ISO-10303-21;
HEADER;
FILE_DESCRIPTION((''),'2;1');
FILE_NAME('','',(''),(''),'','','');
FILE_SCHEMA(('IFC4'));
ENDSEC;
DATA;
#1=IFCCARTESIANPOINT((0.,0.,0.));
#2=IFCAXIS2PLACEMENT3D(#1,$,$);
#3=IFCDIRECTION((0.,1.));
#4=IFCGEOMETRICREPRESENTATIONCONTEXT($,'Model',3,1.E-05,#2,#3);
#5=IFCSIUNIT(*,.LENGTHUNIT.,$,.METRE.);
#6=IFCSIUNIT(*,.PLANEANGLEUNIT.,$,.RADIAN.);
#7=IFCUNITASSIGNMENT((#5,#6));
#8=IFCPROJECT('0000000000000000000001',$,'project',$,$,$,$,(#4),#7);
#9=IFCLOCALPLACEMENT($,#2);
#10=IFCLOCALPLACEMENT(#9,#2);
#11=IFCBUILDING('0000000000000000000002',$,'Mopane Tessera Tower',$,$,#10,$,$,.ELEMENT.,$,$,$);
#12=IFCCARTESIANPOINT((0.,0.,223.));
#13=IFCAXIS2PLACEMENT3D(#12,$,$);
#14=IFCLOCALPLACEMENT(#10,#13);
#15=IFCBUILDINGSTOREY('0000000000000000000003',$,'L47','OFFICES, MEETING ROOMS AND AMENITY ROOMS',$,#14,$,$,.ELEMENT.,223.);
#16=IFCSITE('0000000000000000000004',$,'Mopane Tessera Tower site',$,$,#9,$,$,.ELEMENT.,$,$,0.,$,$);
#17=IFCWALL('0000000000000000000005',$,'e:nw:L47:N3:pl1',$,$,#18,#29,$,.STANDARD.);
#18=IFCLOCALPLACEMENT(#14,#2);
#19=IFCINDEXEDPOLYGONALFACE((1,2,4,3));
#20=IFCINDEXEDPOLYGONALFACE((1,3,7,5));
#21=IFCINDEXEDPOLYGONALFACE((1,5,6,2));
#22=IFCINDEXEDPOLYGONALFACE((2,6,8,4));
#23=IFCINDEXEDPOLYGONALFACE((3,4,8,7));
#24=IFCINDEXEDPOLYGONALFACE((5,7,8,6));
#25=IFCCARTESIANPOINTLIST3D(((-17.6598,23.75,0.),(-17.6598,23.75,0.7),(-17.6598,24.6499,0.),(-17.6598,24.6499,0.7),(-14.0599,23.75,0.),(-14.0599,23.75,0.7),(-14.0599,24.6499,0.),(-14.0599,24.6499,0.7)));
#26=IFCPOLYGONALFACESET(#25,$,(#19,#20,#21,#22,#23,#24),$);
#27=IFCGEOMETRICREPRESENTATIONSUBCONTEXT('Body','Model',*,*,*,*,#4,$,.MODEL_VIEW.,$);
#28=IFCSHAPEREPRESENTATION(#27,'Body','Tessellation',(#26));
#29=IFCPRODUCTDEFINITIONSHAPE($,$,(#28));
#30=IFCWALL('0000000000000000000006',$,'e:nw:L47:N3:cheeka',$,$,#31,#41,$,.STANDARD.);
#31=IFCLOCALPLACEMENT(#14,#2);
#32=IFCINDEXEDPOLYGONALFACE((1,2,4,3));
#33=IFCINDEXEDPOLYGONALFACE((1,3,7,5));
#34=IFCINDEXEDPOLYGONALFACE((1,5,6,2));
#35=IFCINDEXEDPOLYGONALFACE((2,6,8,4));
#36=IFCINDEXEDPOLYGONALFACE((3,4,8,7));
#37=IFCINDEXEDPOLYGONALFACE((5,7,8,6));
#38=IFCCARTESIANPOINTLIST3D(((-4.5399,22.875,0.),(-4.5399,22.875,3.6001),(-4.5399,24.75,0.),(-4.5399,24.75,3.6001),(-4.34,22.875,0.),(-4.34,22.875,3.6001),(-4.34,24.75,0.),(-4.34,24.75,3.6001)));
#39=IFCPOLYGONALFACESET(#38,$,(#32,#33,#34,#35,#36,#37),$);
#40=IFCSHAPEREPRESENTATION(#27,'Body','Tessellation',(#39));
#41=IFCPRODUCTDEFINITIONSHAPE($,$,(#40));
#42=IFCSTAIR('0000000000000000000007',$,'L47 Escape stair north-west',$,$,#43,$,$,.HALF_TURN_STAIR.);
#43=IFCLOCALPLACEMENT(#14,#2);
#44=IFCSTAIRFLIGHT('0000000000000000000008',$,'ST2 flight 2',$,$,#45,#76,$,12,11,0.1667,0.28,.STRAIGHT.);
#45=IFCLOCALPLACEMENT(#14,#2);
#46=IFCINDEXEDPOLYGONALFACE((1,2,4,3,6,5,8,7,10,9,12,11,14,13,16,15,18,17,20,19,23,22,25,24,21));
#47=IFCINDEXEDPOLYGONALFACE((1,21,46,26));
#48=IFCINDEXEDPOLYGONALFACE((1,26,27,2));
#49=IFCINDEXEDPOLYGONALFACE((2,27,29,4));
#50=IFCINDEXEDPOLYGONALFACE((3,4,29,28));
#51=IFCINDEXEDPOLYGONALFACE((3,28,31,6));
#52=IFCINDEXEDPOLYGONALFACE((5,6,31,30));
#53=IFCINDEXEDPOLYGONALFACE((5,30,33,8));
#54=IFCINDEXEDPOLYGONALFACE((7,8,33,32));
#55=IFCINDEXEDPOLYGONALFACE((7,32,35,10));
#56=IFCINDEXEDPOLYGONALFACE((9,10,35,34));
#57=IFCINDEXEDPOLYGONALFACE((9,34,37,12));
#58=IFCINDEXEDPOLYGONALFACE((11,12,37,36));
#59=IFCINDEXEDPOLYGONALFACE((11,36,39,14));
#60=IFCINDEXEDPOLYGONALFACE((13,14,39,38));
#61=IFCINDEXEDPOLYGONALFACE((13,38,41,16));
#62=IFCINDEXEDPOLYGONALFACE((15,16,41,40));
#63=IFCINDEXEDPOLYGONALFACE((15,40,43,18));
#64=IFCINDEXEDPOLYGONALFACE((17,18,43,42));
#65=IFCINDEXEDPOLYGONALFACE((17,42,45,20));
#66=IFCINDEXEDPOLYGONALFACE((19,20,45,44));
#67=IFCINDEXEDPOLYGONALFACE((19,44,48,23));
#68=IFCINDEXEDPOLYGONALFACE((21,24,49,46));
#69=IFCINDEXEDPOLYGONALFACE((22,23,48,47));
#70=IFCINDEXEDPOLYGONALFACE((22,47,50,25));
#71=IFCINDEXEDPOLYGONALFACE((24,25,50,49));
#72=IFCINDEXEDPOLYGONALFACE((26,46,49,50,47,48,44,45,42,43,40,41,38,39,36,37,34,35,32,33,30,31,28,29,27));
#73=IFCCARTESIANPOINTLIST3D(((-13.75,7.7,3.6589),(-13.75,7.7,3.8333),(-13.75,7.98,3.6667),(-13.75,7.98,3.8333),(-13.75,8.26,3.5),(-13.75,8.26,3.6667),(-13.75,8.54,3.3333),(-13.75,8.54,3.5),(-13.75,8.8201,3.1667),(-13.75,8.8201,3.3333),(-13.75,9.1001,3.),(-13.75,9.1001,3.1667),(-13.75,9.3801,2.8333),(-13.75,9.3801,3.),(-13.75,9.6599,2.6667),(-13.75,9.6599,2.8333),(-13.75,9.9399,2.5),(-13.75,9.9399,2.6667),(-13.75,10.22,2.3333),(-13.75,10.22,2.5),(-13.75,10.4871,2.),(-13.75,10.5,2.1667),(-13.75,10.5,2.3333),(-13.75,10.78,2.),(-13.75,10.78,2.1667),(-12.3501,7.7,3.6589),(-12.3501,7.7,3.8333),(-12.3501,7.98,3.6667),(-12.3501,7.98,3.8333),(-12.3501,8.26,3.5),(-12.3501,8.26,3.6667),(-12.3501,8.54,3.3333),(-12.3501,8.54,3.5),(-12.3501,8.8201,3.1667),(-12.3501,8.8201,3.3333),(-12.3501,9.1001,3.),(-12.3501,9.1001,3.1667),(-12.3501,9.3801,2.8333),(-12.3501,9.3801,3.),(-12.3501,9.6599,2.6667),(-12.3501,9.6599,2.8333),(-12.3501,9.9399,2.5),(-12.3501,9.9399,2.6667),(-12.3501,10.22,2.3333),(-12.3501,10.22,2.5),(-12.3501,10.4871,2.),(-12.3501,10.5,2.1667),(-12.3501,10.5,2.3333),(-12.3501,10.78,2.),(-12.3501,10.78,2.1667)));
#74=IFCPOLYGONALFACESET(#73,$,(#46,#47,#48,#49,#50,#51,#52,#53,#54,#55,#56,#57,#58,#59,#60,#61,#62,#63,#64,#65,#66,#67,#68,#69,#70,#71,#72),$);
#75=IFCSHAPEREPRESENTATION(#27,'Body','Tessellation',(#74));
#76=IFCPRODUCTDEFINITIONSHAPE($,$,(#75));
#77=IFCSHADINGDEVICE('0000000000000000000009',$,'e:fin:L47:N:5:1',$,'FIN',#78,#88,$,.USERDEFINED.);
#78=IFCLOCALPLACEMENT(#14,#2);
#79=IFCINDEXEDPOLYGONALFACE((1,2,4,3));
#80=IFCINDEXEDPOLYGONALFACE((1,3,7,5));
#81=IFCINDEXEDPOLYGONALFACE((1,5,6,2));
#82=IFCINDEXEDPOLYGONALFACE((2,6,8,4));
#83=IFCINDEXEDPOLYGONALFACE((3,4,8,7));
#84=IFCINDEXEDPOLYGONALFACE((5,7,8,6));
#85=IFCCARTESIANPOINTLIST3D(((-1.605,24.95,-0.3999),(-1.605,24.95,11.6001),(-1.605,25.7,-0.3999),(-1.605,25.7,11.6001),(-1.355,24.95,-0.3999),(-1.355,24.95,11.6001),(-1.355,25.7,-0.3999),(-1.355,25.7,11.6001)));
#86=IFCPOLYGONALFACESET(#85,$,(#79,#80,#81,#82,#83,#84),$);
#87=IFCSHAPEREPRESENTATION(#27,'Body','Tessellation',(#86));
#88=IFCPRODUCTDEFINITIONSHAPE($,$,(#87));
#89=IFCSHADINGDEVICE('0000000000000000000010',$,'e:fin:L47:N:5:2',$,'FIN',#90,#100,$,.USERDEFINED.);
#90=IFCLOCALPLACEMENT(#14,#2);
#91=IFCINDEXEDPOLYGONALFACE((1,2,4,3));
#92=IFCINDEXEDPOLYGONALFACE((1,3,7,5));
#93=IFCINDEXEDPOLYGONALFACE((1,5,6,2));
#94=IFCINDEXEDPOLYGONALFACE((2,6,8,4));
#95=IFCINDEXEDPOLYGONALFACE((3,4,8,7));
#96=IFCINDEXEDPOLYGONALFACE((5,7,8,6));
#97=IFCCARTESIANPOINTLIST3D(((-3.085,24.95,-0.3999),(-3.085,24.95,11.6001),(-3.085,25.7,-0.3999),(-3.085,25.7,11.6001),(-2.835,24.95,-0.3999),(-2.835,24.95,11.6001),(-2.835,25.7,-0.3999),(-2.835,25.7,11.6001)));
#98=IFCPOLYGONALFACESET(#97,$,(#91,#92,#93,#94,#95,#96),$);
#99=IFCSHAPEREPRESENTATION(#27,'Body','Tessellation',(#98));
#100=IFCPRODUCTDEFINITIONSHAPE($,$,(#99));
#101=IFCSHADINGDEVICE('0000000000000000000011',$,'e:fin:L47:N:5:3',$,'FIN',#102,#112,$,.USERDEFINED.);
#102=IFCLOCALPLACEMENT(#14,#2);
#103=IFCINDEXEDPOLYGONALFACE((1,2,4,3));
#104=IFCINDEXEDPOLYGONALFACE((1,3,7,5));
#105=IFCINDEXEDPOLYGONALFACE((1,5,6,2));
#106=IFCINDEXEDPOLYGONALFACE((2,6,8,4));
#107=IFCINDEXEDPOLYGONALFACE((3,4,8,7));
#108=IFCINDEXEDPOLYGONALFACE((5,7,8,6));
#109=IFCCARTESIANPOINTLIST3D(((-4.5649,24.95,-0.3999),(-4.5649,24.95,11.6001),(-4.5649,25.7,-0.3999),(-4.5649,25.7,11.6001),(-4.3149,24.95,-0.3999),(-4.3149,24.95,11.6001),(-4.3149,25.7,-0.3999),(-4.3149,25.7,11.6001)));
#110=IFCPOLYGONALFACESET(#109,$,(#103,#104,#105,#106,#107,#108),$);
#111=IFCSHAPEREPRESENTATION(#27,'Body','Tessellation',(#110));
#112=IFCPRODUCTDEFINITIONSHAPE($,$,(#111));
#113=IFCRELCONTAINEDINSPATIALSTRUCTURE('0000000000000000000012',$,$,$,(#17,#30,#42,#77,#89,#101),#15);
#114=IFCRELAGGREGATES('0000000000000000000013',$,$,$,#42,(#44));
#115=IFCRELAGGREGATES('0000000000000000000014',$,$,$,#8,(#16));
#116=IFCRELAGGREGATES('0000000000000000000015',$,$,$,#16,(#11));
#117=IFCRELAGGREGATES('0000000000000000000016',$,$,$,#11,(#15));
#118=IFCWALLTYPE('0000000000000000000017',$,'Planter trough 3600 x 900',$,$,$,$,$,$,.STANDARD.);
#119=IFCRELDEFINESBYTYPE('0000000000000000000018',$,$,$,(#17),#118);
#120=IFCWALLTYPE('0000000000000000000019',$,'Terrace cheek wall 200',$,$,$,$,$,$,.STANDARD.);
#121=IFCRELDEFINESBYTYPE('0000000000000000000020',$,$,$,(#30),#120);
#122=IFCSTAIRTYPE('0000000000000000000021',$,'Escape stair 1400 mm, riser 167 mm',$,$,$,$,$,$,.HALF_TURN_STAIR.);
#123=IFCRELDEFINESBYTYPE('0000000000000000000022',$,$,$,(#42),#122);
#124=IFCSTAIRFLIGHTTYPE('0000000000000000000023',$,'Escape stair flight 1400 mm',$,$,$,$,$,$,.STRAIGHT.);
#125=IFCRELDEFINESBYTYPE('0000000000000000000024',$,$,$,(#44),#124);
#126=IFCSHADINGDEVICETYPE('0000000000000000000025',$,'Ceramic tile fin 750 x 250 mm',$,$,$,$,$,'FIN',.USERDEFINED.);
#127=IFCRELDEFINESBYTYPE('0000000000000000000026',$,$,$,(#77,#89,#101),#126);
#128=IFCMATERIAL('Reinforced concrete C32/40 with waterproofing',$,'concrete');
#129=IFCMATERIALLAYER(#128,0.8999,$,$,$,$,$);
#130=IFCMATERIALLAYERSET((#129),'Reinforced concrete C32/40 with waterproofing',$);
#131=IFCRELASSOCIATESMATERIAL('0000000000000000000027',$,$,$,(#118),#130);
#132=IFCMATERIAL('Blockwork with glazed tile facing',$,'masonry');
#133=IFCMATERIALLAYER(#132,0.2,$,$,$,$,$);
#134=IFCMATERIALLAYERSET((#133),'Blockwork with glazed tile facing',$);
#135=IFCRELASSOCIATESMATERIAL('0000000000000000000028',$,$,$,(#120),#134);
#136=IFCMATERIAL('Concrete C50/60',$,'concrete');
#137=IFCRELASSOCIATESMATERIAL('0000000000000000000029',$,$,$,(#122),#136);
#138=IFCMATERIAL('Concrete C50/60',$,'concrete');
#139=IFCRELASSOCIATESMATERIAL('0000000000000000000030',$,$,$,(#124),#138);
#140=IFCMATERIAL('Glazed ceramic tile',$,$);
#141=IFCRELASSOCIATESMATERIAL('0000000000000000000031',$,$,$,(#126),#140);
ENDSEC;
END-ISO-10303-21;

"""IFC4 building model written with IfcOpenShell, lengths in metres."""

from ifc_helpers import new_model, si_unit, direction, frame, frame_2d, origin, origin_2d, place, context, subcontext, project, spatial, polyline, rectangle, outline, extrude, material, layer, layer_set, type_object, element, aggregate, save


model = new_model("IFC4")

# Units and contexts
model_context = context("Model", 3, precision=1e-05, world=origin(), true_north=direction((0.0, 1.0)))
body_context = subcontext(model_context, "Body", "Model", "MODEL_VIEW")
ifc_project = project(units=[si_unit("LENGTHUNIT", "METRE"), si_unit("PLANEANGLEUNIT", "RADIAN")], contexts=[model_context])

# Site, building, storey
site_placement = place(None, origin())
site = spatial("IfcSite", under=ifc_project, at=site_placement, Name="Mopane Tessera Tower site", CompositionType="ELEMENT", RefElevation=0.0)
building_placement = place(site_placement, origin())
building = spatial("IfcBuilding", under=site, at=building_placement, Name="Mopane Tessera Tower", CompositionType="ELEMENT")
storey_placement = place(building_placement, frame((0.0, 0.0, 223.0)))
storey = spatial("IfcBuildingStorey", under=building, at=storey_placement, Name="L47", Description="OFFICES, MEETING ROOMS AND AMENITY ROOMS", CompositionType="ELEMENT", Elevation=223.0)

# Walls
ifc_material_1 = material(Name="Reinforced concrete C32/40 with waterproofing", Category="concrete")
ifc_layer_1 = layer(ifc_material_1, 0.8999)
ifc_layer_set_1 = layer_set([ifc_layer_1], Name="Reinforced concrete C32/40 with waterproofing")
wall_type_1 = type_object("IfcWallType", Name="Planter trough 3600 x 900", PredefinedType="STANDARD", material=ifc_layer_set_1)
for number, where, z_axis, x_axis, name in (
    (1, (-14.0601, 24.2, 0.0), (0.0, 0.0, 1.0), (-1.0, 0.0, 0.0), "e:nw:L47:N3:pl1"),
):
    element("IfcWall", number, at=place(storey_placement, frame(where, z_axis=z_axis, x_axis=x_axis)), inside=storey, type_object=wall_type_1, Name=name, PredefinedType="STANDARD", context=body_context, shape_type="SweptSolid", body=[
        extrude(rectangle(XDim=3.5999, YDim=0.8999, at=frame_2d((1.7998, 0.0))), origin(), (0.0, 0.0, 1.0), 0.7),
    ])
ifc_material_2 = material(Name="Blockwork with glazed tile facing", Category="masonry")
ifc_layer_2 = layer(ifc_material_2, 0.2)
ifc_layer_set_2 = layer_set([ifc_layer_2], Name="Blockwork with glazed tile facing")
wall_type_2 = type_object("IfcWallType", Name="Terrace cheek wall 200", PredefinedType="STANDARD", material=ifc_layer_set_2)
wall_1_placement = place(storey_placement, frame((-4.4399, 24.75, 0.0), z_axis=(0.0, 0.0, 1.0), x_axis=(0.0, -1.0, 0.0)))
element("IfcWall", 2, at=wall_1_placement, inside=storey, type_object=wall_type_2, Name="e:nw:L47:N3:cheeka", PredefinedType="STANDARD", context=body_context, shape_type="SweptSolid", body=[
    extrude(rectangle(XDim=1.875, YDim=0.2, at=frame_2d((0.9375, 0.0))), origin(), (0.0, 0.0, 1.0), 3.6001),
])

# Stair, stair flight
ifc_material_3 = material(Name="Concrete C50/60", Category="concrete")
stair_type = type_object("IfcStairType", Name="Escape stair 1400 mm, riser 167 mm", PredefinedType="HALF_TURN_STAIR", material=ifc_material_3)
stair_placement = place(storey_placement, origin())
stair = element("IfcStair", 3, at=stair_placement, inside=storey, type_object=stair_type, Name="L47 Escape stair north-west", PredefinedType="HALF_TURN_STAIR")
ifc_material_4 = material(Name="Concrete C50/60", Category="concrete")
stair_flight_type = type_object("IfcStairFlightType", Name="Escape stair flight 1400 mm", PredefinedType="STRAIGHT", material=ifc_material_4)
stair_flight_placement = place(storey_placement, frame((-13.05, 10.78, 2.0), z_axis=(0.0, 0.0, 1.0), x_axis=(0.0, -1.0, 0.0)))
stair_flight = element("IfcStairFlight", 4, at=stair_flight_placement, type_object=stair_flight_type, Name="ST2 flight 2", NumberOfRisers=12, NumberOfTreads=11, PredefinedType="STRAIGHT", RiserHeight=0.1667, TreadLength=0.28, context=body_context, shape_type="SweptSolid", body=[
    extrude(outline(polyline([(0.0, 0.0), (0.0, 0.1667), (0.28, 0.1667), (0.28, 0.3333), (0.5601, 0.3333), (0.5601, 0.5), (0.8401, 0.5), (0.8401, 0.6667), (1.1201, 0.6667), (1.1201, 0.8333), (1.3999, 0.8333), (1.3999, 1.0), (1.6799, 1.0), (1.6799, 1.1667), (1.96, 1.1667), (1.96, 1.3333), (2.24, 1.3333), (2.24, 1.5), (2.52, 1.5), (2.52, 1.6667), (2.8, 1.6667), (2.8, 1.8333), (3.0801, 1.8333), (3.0801, 2.0), (3.0801, 1.6589), (0.293, 0.0), (0.0, 0.0)])), frame((0.0, 0.7, 0.0), z_axis=(0.0, -1.0, 0.0), x_axis=(1.0, 0.0, 0.0)), (0.0, 0.0, 1.0), 1.3999),
])
aggregate(stair, [stair_flight])

# Shading devices
ifc_material_5 = material(Name="Glazed ceramic tile")
shading_device_type = type_object("IfcShadingDeviceType", Name="Ceramic tile fin 750 x 250 mm", ElementType="FIN", PredefinedType="USERDEFINED", material=ifc_material_5)
for number, where, z_axis, x_axis, name in (
    (5, (-1.48, 25.325, -0.3999), (0.0, 0.0, 1.0), (-1.0, 0.0, 0.0), "e:fin:L47:N:5:1"),
    (6, (-2.96, 25.325, -0.3999), (0.0, 0.0, 1.0), (-1.0, 0.0, 0.0), "e:fin:L47:N:5:2"),
    (7, (-4.4399, 25.325, -0.3999), (0.0, 0.0, 1.0), (-1.0, 0.0, 0.0), "e:fin:L47:N:5:3"),
):
    element("IfcShadingDevice", number, at=place(storey_placement, frame(where, z_axis=z_axis, x_axis=x_axis)), inside=storey, type_object=shading_device_type, Name=name, ObjectType="FIN", PredefinedType="USERDEFINED", context=body_context, shape_type="SweptSolid", body=[
        extrude(rectangle(XDim=0.25, YDim=0.75, at=origin_2d()), origin(), (0.0, 0.0, 1.0), 12.0),
    ])

save(model, "model.ifc")
